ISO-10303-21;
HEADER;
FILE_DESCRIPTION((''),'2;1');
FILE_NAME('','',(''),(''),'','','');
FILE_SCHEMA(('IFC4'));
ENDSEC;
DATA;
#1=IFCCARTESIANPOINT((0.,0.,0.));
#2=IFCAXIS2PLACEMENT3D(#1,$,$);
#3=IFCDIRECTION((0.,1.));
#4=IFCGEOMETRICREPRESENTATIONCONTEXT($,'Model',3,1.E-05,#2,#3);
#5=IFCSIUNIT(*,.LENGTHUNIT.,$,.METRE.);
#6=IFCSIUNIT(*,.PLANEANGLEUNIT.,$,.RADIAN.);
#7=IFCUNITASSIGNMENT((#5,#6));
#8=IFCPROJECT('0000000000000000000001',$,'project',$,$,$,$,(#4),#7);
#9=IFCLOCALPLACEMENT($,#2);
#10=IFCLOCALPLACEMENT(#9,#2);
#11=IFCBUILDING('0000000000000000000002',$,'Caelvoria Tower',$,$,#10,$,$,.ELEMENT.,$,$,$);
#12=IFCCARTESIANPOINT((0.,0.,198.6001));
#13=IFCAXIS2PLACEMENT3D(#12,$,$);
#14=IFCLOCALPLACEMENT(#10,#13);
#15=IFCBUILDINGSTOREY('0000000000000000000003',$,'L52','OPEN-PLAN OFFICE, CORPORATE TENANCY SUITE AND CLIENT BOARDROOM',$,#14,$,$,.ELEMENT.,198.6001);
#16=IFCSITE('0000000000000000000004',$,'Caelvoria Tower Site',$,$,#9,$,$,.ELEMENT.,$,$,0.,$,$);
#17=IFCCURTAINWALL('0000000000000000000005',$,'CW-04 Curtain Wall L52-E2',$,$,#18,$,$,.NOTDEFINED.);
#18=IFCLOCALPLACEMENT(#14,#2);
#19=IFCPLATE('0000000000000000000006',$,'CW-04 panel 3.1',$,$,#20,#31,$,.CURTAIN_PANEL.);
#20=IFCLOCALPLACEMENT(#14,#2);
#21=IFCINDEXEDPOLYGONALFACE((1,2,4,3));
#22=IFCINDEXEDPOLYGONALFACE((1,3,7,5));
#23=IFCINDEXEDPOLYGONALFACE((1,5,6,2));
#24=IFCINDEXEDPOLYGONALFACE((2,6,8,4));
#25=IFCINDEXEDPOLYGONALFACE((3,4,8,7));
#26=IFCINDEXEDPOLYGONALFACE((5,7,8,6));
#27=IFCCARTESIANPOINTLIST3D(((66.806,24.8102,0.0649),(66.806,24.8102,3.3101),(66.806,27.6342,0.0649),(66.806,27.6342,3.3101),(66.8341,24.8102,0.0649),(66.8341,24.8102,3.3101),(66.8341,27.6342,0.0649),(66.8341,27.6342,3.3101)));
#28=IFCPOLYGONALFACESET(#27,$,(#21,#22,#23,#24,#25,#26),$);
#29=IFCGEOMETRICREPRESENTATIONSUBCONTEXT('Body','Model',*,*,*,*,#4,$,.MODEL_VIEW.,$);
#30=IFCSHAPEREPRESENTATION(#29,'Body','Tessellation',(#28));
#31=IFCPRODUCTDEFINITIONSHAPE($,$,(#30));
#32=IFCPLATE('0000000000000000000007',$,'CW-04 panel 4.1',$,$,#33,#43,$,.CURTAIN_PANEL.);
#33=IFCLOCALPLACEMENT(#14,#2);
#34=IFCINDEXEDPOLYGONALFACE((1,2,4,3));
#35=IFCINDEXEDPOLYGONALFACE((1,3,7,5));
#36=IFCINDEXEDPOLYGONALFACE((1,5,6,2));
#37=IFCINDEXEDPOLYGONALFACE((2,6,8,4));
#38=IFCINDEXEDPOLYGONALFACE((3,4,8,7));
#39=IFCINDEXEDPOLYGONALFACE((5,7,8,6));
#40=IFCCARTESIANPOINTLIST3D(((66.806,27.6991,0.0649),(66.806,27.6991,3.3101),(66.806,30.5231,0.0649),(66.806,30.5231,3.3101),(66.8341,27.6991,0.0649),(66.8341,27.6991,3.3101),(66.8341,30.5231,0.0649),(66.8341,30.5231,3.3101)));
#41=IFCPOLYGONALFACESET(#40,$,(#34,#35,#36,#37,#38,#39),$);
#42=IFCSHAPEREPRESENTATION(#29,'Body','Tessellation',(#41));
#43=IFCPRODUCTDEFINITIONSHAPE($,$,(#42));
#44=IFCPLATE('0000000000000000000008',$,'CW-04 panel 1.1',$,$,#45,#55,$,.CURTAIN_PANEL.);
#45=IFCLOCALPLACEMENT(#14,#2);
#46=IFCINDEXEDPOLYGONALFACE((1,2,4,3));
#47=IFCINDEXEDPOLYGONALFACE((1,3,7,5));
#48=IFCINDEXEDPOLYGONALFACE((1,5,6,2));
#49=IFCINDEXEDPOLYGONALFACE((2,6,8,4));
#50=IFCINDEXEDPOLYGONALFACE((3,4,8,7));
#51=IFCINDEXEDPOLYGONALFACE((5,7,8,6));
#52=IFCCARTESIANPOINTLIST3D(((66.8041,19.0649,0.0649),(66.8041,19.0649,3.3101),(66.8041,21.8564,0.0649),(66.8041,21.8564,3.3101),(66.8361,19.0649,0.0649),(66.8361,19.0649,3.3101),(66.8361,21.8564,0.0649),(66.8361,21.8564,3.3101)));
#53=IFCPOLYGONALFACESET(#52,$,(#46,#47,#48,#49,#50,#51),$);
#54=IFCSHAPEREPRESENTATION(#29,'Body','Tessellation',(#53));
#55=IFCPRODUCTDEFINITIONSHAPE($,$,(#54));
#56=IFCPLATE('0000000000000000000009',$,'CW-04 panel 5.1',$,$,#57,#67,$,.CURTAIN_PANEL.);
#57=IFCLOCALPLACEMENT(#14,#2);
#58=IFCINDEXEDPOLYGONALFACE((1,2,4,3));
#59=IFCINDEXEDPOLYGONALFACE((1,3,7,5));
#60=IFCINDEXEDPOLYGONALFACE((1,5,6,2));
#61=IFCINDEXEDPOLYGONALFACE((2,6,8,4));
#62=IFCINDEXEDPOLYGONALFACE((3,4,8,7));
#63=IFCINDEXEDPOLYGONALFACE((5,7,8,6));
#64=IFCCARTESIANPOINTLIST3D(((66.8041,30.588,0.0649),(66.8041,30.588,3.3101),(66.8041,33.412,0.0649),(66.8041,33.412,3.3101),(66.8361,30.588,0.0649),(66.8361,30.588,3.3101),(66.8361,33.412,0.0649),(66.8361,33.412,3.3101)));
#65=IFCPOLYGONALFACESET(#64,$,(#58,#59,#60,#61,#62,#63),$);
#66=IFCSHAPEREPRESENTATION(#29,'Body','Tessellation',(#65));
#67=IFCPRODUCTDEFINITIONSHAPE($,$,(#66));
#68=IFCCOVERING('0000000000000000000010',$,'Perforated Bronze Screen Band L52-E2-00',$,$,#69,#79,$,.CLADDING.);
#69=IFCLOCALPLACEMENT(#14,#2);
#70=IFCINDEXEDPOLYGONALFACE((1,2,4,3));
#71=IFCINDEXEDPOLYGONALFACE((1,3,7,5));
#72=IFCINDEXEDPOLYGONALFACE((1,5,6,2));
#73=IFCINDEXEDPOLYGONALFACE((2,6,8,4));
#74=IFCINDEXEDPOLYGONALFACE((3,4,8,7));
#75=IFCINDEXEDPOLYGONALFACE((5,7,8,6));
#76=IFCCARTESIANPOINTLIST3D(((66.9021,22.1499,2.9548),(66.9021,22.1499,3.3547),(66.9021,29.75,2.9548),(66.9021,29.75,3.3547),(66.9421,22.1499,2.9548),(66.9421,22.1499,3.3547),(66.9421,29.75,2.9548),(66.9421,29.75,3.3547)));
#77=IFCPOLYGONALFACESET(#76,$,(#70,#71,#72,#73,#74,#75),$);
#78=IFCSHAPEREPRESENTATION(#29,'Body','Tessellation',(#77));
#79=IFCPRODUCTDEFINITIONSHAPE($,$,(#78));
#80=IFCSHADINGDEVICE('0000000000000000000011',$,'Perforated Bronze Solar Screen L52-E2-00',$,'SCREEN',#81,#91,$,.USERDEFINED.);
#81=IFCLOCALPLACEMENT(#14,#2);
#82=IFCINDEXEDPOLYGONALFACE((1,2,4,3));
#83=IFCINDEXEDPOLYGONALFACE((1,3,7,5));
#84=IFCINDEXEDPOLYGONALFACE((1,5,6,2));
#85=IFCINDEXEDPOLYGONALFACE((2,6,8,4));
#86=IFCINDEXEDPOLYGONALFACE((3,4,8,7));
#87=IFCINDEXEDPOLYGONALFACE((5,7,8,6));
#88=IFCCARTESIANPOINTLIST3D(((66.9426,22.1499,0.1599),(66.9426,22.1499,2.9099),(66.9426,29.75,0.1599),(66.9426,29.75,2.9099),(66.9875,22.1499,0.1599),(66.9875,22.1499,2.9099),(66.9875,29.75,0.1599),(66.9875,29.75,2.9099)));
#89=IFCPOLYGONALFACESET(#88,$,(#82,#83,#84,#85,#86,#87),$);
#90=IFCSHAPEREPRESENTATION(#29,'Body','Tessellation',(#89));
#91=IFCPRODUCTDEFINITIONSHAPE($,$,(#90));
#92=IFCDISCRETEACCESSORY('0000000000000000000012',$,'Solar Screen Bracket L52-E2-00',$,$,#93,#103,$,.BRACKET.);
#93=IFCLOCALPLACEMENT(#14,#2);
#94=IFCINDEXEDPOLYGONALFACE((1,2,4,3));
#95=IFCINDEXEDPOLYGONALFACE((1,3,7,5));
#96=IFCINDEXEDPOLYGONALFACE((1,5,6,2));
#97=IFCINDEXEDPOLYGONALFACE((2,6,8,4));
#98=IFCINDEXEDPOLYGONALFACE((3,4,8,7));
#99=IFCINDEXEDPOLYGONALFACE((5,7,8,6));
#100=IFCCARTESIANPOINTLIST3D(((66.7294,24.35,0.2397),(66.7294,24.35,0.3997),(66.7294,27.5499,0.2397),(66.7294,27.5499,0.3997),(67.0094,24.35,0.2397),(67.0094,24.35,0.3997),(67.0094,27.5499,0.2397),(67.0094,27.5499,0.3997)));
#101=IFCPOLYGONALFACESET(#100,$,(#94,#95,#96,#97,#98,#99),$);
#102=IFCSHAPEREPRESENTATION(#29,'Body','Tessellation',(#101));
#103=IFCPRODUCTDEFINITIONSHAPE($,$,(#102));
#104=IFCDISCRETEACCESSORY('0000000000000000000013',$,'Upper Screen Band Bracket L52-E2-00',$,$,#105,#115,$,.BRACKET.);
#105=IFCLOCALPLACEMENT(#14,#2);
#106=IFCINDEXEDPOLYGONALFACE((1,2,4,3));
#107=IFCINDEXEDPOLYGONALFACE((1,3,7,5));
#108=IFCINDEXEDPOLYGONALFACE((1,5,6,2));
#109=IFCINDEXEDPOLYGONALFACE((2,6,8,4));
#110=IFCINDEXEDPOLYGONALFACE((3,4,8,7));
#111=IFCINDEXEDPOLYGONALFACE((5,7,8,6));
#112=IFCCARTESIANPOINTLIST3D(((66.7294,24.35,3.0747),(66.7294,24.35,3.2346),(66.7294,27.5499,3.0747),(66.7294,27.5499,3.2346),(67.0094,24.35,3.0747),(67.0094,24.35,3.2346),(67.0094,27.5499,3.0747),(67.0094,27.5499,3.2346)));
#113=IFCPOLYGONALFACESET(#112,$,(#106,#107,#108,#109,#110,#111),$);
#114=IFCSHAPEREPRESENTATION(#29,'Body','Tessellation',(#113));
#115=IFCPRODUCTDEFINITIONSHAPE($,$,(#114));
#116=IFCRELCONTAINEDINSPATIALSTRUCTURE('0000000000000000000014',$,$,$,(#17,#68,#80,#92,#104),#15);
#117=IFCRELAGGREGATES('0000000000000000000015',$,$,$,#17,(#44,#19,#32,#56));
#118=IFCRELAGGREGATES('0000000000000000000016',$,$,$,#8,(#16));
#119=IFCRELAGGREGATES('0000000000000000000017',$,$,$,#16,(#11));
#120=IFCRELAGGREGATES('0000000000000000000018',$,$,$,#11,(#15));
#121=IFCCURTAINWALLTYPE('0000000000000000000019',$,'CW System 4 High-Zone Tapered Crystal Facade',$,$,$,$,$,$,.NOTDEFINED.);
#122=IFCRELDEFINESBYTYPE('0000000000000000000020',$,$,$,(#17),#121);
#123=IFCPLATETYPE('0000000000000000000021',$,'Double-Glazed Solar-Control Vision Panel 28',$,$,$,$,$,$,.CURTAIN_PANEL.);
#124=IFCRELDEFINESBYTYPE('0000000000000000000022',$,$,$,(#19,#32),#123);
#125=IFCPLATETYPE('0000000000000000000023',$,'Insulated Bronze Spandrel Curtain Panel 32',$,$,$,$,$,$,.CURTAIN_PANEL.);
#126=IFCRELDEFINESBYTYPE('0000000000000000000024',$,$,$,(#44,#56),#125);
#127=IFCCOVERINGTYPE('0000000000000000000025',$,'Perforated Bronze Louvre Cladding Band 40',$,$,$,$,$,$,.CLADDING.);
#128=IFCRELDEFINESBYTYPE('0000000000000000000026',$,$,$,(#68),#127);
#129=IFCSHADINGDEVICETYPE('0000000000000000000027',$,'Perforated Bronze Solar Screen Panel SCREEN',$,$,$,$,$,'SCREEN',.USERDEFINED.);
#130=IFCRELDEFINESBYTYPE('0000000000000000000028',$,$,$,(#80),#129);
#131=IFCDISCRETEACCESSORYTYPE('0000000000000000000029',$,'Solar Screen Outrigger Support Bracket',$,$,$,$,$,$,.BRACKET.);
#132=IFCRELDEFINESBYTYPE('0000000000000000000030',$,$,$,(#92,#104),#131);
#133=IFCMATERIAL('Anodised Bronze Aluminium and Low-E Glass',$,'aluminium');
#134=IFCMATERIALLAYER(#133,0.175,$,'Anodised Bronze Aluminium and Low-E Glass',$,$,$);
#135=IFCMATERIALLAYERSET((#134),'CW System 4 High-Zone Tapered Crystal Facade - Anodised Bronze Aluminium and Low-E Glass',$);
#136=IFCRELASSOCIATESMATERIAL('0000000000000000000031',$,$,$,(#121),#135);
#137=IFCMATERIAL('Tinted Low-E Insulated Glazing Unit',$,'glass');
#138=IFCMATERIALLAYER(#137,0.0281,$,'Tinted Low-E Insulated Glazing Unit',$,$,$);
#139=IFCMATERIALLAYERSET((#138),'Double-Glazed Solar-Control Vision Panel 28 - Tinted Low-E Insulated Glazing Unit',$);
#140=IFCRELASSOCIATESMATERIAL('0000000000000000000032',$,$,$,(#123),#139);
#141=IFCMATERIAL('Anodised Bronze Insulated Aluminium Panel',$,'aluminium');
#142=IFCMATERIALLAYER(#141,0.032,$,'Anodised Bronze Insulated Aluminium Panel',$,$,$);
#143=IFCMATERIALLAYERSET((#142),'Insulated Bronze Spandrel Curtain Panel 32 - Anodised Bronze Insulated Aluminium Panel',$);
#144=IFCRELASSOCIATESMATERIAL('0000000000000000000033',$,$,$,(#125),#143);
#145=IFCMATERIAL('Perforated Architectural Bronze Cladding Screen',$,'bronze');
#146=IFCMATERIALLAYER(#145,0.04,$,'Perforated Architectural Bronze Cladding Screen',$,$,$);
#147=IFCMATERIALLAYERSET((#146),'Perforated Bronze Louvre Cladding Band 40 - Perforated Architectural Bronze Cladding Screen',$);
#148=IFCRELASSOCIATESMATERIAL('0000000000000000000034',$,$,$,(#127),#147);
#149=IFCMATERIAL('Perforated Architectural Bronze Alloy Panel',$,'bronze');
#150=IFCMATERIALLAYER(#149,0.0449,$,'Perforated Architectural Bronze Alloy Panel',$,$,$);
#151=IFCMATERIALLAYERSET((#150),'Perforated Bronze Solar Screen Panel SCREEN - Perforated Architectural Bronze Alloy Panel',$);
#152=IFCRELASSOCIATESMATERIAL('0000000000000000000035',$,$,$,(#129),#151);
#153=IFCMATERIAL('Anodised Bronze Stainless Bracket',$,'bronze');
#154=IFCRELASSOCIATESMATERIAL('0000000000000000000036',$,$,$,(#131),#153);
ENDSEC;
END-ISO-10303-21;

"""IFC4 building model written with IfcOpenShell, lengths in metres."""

from ifc_helpers import new_model, si_unit, direction, frame, origin, origin_2d, place, context, subcontext, project, spatial, rectangle, extrude, material, layer, layer_set, type_object, element, aggregate, save


model = new_model("IFC4")

# Units and contexts
model_context = context("Model", 3, precision=1e-05, world=origin(), true_north=direction((0.0, 1.0)))
body_context = subcontext(model_context, "Body", "Model", "MODEL_VIEW")
ifc_project = project(units=[si_unit("LENGTHUNIT", "METRE"), si_unit("PLANEANGLEUNIT", "RADIAN")], contexts=[model_context])

# Site, building, storey
site_placement = place(None, origin())
site = spatial("IfcSite", under=ifc_project, at=site_placement, Name="Caelvoria Tower Site", CompositionType="ELEMENT", RefElevation=0.0)
building_placement = place(site_placement, origin())
building = spatial("IfcBuilding", under=site, at=building_placement, Name="Caelvoria Tower", CompositionType="ELEMENT")
storey_placement = place(building_placement, frame((0.0, 0.0, 198.6001)))
storey = spatial("IfcBuildingStorey", under=building, at=storey_placement, Name="L52", Description="OPEN-PLAN OFFICE, CORPORATE TENANCY SUITE AND CLIENT BOARDROOM", CompositionType="ELEMENT", Elevation=198.6001)

# Curtain wall
ifc_material_1 = material(Name="Anodised Bronze Aluminium and Low-E Glass", Category="aluminium")
ifc_layer_1 = layer(ifc_material_1, 0.175, Name="Anodised Bronze Aluminium and Low-E Glass")
ifc_layer_set_1 = layer_set([ifc_layer_1], Name="CW System 4 High-Zone Tapered Crystal Facade - Anodised Bronze Aluminium and Low-E Glass")
curtain_wall_type = type_object("IfcCurtainWallType", Name="CW System 4 High-Zone Tapered Crystal Facade", PredefinedType="NOTDEFINED", material=ifc_layer_set_1)
curtain_wall_placement = place(storey_placement, origin())
curtain_wall = element("IfcCurtainWall", 1, at=curtain_wall_placement, inside=storey, type_object=curtain_wall_type, Name="CW-04 Curtain Wall L52-E2", PredefinedType="NOTDEFINED")

# Plates
ifc_material_2 = material(Name="Tinted Low-E Insulated Glazing Unit", Category="glass")
ifc_layer_2 = layer(ifc_material_2, 0.0281, Name="Tinted Low-E Insulated Glazing Unit")
ifc_layer_set_2 = layer_set([ifc_layer_2], Name="Double-Glazed Solar-Control Vision Panel 28 - Tinted Low-E Insulated Glazing Unit")
plate_type_1 = type_object("IfcPlateType", Name="Double-Glazed Solar-Control Vision Panel 28", PredefinedType="CURTAIN_PANEL", material=ifc_layer_set_2)
plate_1_placement = place(storey_placement, frame((66.8201, 26.2222, 0.0649), z_axis=(0.0, 0.0, 1.0), x_axis=(0.0, 1.0, 0.0)))
plate_1 = element("IfcPlate", 2, at=plate_1_placement, type_object=plate_type_1, Name="CW-04 panel 3.1", PredefinedType="CURTAIN_PANEL", context=body_context, shape_type="SweptSolid", body=[
    extrude(rectangle(XDim=2.824, YDim=0.0281, at=origin_2d()), origin(), (0.0, 0.0, 1.0), 3.2451),
])
plate_2_placement = place(storey_placement, frame((66.8201, 29.1111, 0.0649), z_axis=(0.0, 0.0, 1.0), x_axis=(0.0, 1.0, 0.0)))
plate_2 = element("IfcPlate", 3, at=plate_2_placement, type_object=plate_type_1, Name="CW-04 panel 4.1", PredefinedType="CURTAIN_PANEL", context=body_context, shape_type="SweptSolid", body=[
    extrude(rectangle(XDim=2.824, YDim=0.0281, at=origin_2d()), origin(), (0.0, 0.0, 1.0), 3.2451),
])
ifc_material_3 = material(Name="Anodised Bronze Insulated Aluminium Panel", Category="aluminium")
ifc_layer_3 = layer(ifc_material_3, 0.032, Name="Anodised Bronze Insulated Aluminium Panel")
ifc_layer_set_3 = layer_set([ifc_layer_3], Name="Insulated Bronze Spandrel Curtain Panel 32 - Anodised Bronze Insulated Aluminium Panel")
plate_type_2 = type_object("IfcPlateType", Name="Insulated Bronze Spandrel Curtain Panel 32", PredefinedType="CURTAIN_PANEL", material=ifc_layer_set_3)
plate_3_placement = place(storey_placement, frame((66.8201, 20.4607, 0.0649), z_axis=(0.0, 0.0, 1.0), x_axis=(0.0, 1.0, 0.0)))
plate_3 = element("IfcPlate", 4, at=plate_3_placement, type_object=plate_type_2, Name="CW-04 panel 1.1", PredefinedType="CURTAIN_PANEL", context=body_context, shape_type="SweptSolid", body=[
    extrude(rectangle(XDim=2.7915, YDim=0.032, at=origin_2d()), origin(), (0.0, 0.0, 1.0), 3.2451),
])
plate_4_placement = place(storey_placement, frame((66.8201, 32.0, 0.0649), z_axis=(0.0, 0.0, 1.0), x_axis=(0.0, 1.0, 0.0)))
plate_4 = element("IfcPlate", 5, at=plate_4_placement, type_object=plate_type_2, Name="CW-04 panel 5.1", PredefinedType="CURTAIN_PANEL", context=body_context, shape_type="SweptSolid", body=[
    extrude(rectangle(XDim=2.824, YDim=0.032, at=origin_2d()), origin(), (0.0, 0.0, 1.0), 3.2451),
])
aggregate(curtain_wall, [plate_3, plate_1, plate_2, plate_4])

# Covering
ifc_material_4 = material(Name="Perforated Architectural Bronze Cladding Screen", Category="bronze")
ifc_layer_4 = layer(ifc_material_4, 0.04, Name="Perforated Architectural Bronze Cladding Screen")
ifc_layer_set_4 = layer_set([ifc_layer_4], Name="Perforated Bronze Louvre Cladding Band 40 - Perforated Architectural Bronze Cladding Screen")
covering_type = type_object("IfcCoveringType", Name="Perforated Bronze Louvre Cladding Band 40", PredefinedType="CLADDING", material=ifc_layer_set_4)
covering_placement = place(storey_placement, frame((66.9221, 25.95, 2.9548), z_axis=(0.0, 0.0, 1.0), x_axis=(0.0, 1.0, 0.0)))
element("IfcCovering", 6, at=covering_placement, inside=storey, type_object=covering_type, Name="Perforated Bronze Screen Band L52-E2-00", PredefinedType="CLADDING", context=body_context, shape_type="SweptSolid", body=[
    extrude(rectangle(XDim=7.6001, YDim=0.04, at=origin_2d()), origin(), (0.0, 0.0, 1.0), 0.3999),
])

# Shading device
ifc_material_5 = material(Name="Perforated Architectural Bronze Alloy Panel", Category="bronze")
ifc_layer_5 = layer(ifc_material_5, 0.0449, Name="Perforated Architectural Bronze Alloy Panel")
ifc_layer_set_5 = layer_set([ifc_layer_5], Name="Perforated Bronze Solar Screen Panel SCREEN - Perforated Architectural Bronze Alloy Panel")
shading_device_type = type_object("IfcShadingDeviceType", Name="Perforated Bronze Solar Screen Panel SCREEN", ElementType="SCREEN", PredefinedType="USERDEFINED", material=ifc_layer_set_5)
shading_device_placement = place(storey_placement, frame((66.9651, 25.95, 0.1599), z_axis=(0.0, 0.0, 1.0), x_axis=(0.0, 1.0, 0.0)))
element("IfcShadingDevice", 7, at=shading_device_placement, inside=storey, type_object=shading_device_type, Name="Perforated Bronze Solar Screen L52-E2-00", ObjectType="SCREEN", PredefinedType="USERDEFINED", context=body_context, shape_type="SweptSolid", body=[
    extrude(rectangle(XDim=7.6001, YDim=0.0449, at=origin_2d()), origin(), (0.0, 0.0, 1.0), 2.75),
])

# Discrete accessories
ifc_material_6 = material(Name="Anodised Bronze Stainless Bracket", Category="bronze")
discrete_accessory_type = type_object("IfcDiscreteAccessoryType", Name="Solar Screen Outrigger Support Bracket", PredefinedType="BRACKET", material=ifc_material_6)
for number, where, z_axis, x_axis, name in (
    (8, (66.8694, 25.95, 0.2397), (0.0, 0.0, 1.0), (0.0, 1.0, 0.0), "Solar Screen Bracket L52-E2-00"),
    (9, (66.8694, 25.95, 3.0747), (0.0, 0.0, 1.0), (0.0, 1.0, 0.0), "Upper Screen Band Bracket L52-E2-00"),
):
    element("IfcDiscreteAccessory", number, at=place(storey_placement, frame(where, z_axis=z_axis, x_axis=x_axis)), inside=storey, type_object=discrete_accessory_type, Name=name, PredefinedType="BRACKET", context=body_context, shape_type="SweptSolid", body=[
        extrude(rectangle(XDim=3.2, YDim=0.28, at=origin_2d()), origin(), (0.0, 0.0, 1.0), 0.1599),
    ])

save(model, "model.ifc")
